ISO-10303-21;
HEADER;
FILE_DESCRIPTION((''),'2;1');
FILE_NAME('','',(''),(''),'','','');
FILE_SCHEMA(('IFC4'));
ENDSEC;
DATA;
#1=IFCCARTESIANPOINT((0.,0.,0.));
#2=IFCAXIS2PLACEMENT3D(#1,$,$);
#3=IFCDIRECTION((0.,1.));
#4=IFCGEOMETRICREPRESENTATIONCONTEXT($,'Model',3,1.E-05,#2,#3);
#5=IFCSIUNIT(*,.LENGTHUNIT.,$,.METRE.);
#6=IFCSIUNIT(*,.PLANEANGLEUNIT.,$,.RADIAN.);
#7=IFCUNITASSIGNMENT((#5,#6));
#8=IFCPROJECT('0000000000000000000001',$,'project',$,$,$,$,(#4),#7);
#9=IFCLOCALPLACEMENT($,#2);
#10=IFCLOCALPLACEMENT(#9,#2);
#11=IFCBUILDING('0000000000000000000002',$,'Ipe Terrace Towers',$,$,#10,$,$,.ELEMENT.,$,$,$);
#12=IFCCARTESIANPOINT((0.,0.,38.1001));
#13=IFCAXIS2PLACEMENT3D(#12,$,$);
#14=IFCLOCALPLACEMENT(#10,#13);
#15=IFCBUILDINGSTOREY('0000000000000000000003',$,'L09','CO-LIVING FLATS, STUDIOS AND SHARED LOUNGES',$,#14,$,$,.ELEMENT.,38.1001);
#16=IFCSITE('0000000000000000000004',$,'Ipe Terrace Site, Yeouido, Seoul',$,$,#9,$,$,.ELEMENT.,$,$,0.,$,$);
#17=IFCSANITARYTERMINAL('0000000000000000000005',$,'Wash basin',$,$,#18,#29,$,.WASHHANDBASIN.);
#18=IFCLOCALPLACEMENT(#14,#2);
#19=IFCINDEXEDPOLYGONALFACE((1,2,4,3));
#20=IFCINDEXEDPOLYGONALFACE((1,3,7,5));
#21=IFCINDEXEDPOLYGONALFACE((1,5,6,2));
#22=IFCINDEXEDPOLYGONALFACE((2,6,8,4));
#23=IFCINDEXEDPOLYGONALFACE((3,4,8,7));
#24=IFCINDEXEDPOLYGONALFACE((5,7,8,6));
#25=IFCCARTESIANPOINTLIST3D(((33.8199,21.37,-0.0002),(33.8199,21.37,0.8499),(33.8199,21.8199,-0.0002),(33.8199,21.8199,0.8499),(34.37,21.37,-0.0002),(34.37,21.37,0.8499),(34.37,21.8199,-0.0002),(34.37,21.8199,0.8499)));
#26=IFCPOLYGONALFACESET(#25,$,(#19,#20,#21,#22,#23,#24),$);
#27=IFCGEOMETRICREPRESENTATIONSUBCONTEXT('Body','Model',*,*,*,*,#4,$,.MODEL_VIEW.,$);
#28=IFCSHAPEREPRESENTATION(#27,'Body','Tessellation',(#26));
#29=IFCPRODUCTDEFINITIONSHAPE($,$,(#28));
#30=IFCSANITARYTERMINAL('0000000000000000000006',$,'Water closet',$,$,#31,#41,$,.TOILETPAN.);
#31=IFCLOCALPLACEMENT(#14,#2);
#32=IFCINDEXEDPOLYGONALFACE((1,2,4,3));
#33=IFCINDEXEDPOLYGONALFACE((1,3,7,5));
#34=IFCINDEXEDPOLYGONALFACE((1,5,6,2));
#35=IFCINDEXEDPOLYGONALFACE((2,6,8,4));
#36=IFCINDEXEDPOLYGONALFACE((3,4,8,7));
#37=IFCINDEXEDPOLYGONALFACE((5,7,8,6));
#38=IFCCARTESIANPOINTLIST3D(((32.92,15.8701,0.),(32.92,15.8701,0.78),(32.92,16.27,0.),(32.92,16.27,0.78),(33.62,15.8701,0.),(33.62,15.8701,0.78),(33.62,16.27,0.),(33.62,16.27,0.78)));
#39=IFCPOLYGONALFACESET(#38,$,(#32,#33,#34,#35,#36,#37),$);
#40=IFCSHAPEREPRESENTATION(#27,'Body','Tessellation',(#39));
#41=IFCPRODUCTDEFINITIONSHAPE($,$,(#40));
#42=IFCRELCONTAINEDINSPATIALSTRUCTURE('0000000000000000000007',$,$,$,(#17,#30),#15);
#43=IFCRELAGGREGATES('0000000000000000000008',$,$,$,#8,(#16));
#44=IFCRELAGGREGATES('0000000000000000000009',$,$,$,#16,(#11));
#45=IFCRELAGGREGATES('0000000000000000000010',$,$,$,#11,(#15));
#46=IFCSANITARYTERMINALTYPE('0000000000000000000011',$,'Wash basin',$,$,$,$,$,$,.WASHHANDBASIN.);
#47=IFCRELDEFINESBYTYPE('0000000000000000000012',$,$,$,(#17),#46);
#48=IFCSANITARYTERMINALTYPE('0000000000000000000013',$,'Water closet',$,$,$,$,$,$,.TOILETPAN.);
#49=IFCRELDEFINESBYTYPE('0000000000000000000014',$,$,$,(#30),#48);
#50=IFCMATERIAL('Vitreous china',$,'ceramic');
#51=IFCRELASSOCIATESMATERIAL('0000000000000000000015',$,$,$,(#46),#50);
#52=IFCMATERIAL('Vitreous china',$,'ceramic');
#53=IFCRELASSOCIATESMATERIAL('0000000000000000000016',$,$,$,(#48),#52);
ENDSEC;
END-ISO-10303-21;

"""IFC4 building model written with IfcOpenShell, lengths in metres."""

from ifc_helpers import new_model, si_unit, direction, frame, origin, origin_2d, place, context, subcontext, project, spatial, rectangle, extrude, material, type_object, element, save


model = new_model("IFC4")

# Units and contexts
model_context = context("Model", 3, precision=1e-05, world=origin(), true_north=direction((0.0, 1.0)))
body_context = subcontext(model_context, "Body", "Model", "MODEL_VIEW")
ifc_project = project(units=[si_unit("LENGTHUNIT", "METRE"), si_unit("PLANEANGLEUNIT", "RADIAN")], contexts=[model_context])

# Site, building, storey
site_placement = place(None, origin())
site = spatial("IfcSite", under=ifc_project, at=site_placement, Name="Ipe Terrace Site, Yeouido, Seoul", CompositionType="ELEMENT", RefElevation=0.0)
building_placement = place(site_placement, origin())
building = spatial("IfcBuilding", under=site, at=building_placement, Name="Ipe Terrace Towers", CompositionType="ELEMENT")
storey_placement = place(building_placement, frame((0.0, 0.0, 38.1001)))
storey = spatial("IfcBuildingStorey", under=building, at=storey_placement, Name="L09", Description="CO-LIVING FLATS, STUDIOS AND SHARED LOUNGES", CompositionType="ELEMENT", Elevation=38.1001)

# Sanitary terminals
ifc_material_1 = material(Name="Vitreous china", Category="ceramic")
sanitary_terminal_type_1 = type_object("IfcSanitaryTerminalType", Name="Wash basin", PredefinedType="WASHHANDBASIN", material=ifc_material_1)
for number, where, z_axis, x_axis, name in (
    (1, (34.095, 21.595, -0.0002), (0.0, 0.0, 1.0), (1.0, 0.0, 0.0), "Wash basin"),
):
    element("IfcSanitaryTerminal", number, at=place(storey_placement, frame(where, z_axis=z_axis, x_axis=x_axis)), inside=storey, type_object=sanitary_terminal_type_1, Name=name, PredefinedType="WASHHANDBASIN", context=body_context, shape_type="SweptSolid", body=[
        extrude(rectangle(XDim=0.55, YDim=0.45, at=origin_2d()), origin(), (0.0, 0.0, 1.0), 0.8501),
    ])
ifc_material_2 = material(Name="Vitreous china", Category="ceramic")
sanitary_terminal_type_2 = type_object("IfcSanitaryTerminalType", Name="Water closet", PredefinedType="TOILETPAN", material=ifc_material_2)
sanitary_terminal_1_placement = place(storey_placement, frame((33.27, 16.0701, 0.0), z_axis=(0.0, 0.0, 1.0), x_axis=(1.0, 0.0, 0.0)))
element("IfcSanitaryTerminal", 2, at=sanitary_terminal_1_placement, inside=storey, type_object=sanitary_terminal_type_2, Name="Water closet", PredefinedType="TOILETPAN", context=body_context, shape_type="SweptSolid", body=[
    extrude(rectangle(XDim=0.7, YDim=0.3999, at=origin_2d()), origin(), (0.0, 0.0, 1.0), 0.78),
])

save(model, "model.ifc")
